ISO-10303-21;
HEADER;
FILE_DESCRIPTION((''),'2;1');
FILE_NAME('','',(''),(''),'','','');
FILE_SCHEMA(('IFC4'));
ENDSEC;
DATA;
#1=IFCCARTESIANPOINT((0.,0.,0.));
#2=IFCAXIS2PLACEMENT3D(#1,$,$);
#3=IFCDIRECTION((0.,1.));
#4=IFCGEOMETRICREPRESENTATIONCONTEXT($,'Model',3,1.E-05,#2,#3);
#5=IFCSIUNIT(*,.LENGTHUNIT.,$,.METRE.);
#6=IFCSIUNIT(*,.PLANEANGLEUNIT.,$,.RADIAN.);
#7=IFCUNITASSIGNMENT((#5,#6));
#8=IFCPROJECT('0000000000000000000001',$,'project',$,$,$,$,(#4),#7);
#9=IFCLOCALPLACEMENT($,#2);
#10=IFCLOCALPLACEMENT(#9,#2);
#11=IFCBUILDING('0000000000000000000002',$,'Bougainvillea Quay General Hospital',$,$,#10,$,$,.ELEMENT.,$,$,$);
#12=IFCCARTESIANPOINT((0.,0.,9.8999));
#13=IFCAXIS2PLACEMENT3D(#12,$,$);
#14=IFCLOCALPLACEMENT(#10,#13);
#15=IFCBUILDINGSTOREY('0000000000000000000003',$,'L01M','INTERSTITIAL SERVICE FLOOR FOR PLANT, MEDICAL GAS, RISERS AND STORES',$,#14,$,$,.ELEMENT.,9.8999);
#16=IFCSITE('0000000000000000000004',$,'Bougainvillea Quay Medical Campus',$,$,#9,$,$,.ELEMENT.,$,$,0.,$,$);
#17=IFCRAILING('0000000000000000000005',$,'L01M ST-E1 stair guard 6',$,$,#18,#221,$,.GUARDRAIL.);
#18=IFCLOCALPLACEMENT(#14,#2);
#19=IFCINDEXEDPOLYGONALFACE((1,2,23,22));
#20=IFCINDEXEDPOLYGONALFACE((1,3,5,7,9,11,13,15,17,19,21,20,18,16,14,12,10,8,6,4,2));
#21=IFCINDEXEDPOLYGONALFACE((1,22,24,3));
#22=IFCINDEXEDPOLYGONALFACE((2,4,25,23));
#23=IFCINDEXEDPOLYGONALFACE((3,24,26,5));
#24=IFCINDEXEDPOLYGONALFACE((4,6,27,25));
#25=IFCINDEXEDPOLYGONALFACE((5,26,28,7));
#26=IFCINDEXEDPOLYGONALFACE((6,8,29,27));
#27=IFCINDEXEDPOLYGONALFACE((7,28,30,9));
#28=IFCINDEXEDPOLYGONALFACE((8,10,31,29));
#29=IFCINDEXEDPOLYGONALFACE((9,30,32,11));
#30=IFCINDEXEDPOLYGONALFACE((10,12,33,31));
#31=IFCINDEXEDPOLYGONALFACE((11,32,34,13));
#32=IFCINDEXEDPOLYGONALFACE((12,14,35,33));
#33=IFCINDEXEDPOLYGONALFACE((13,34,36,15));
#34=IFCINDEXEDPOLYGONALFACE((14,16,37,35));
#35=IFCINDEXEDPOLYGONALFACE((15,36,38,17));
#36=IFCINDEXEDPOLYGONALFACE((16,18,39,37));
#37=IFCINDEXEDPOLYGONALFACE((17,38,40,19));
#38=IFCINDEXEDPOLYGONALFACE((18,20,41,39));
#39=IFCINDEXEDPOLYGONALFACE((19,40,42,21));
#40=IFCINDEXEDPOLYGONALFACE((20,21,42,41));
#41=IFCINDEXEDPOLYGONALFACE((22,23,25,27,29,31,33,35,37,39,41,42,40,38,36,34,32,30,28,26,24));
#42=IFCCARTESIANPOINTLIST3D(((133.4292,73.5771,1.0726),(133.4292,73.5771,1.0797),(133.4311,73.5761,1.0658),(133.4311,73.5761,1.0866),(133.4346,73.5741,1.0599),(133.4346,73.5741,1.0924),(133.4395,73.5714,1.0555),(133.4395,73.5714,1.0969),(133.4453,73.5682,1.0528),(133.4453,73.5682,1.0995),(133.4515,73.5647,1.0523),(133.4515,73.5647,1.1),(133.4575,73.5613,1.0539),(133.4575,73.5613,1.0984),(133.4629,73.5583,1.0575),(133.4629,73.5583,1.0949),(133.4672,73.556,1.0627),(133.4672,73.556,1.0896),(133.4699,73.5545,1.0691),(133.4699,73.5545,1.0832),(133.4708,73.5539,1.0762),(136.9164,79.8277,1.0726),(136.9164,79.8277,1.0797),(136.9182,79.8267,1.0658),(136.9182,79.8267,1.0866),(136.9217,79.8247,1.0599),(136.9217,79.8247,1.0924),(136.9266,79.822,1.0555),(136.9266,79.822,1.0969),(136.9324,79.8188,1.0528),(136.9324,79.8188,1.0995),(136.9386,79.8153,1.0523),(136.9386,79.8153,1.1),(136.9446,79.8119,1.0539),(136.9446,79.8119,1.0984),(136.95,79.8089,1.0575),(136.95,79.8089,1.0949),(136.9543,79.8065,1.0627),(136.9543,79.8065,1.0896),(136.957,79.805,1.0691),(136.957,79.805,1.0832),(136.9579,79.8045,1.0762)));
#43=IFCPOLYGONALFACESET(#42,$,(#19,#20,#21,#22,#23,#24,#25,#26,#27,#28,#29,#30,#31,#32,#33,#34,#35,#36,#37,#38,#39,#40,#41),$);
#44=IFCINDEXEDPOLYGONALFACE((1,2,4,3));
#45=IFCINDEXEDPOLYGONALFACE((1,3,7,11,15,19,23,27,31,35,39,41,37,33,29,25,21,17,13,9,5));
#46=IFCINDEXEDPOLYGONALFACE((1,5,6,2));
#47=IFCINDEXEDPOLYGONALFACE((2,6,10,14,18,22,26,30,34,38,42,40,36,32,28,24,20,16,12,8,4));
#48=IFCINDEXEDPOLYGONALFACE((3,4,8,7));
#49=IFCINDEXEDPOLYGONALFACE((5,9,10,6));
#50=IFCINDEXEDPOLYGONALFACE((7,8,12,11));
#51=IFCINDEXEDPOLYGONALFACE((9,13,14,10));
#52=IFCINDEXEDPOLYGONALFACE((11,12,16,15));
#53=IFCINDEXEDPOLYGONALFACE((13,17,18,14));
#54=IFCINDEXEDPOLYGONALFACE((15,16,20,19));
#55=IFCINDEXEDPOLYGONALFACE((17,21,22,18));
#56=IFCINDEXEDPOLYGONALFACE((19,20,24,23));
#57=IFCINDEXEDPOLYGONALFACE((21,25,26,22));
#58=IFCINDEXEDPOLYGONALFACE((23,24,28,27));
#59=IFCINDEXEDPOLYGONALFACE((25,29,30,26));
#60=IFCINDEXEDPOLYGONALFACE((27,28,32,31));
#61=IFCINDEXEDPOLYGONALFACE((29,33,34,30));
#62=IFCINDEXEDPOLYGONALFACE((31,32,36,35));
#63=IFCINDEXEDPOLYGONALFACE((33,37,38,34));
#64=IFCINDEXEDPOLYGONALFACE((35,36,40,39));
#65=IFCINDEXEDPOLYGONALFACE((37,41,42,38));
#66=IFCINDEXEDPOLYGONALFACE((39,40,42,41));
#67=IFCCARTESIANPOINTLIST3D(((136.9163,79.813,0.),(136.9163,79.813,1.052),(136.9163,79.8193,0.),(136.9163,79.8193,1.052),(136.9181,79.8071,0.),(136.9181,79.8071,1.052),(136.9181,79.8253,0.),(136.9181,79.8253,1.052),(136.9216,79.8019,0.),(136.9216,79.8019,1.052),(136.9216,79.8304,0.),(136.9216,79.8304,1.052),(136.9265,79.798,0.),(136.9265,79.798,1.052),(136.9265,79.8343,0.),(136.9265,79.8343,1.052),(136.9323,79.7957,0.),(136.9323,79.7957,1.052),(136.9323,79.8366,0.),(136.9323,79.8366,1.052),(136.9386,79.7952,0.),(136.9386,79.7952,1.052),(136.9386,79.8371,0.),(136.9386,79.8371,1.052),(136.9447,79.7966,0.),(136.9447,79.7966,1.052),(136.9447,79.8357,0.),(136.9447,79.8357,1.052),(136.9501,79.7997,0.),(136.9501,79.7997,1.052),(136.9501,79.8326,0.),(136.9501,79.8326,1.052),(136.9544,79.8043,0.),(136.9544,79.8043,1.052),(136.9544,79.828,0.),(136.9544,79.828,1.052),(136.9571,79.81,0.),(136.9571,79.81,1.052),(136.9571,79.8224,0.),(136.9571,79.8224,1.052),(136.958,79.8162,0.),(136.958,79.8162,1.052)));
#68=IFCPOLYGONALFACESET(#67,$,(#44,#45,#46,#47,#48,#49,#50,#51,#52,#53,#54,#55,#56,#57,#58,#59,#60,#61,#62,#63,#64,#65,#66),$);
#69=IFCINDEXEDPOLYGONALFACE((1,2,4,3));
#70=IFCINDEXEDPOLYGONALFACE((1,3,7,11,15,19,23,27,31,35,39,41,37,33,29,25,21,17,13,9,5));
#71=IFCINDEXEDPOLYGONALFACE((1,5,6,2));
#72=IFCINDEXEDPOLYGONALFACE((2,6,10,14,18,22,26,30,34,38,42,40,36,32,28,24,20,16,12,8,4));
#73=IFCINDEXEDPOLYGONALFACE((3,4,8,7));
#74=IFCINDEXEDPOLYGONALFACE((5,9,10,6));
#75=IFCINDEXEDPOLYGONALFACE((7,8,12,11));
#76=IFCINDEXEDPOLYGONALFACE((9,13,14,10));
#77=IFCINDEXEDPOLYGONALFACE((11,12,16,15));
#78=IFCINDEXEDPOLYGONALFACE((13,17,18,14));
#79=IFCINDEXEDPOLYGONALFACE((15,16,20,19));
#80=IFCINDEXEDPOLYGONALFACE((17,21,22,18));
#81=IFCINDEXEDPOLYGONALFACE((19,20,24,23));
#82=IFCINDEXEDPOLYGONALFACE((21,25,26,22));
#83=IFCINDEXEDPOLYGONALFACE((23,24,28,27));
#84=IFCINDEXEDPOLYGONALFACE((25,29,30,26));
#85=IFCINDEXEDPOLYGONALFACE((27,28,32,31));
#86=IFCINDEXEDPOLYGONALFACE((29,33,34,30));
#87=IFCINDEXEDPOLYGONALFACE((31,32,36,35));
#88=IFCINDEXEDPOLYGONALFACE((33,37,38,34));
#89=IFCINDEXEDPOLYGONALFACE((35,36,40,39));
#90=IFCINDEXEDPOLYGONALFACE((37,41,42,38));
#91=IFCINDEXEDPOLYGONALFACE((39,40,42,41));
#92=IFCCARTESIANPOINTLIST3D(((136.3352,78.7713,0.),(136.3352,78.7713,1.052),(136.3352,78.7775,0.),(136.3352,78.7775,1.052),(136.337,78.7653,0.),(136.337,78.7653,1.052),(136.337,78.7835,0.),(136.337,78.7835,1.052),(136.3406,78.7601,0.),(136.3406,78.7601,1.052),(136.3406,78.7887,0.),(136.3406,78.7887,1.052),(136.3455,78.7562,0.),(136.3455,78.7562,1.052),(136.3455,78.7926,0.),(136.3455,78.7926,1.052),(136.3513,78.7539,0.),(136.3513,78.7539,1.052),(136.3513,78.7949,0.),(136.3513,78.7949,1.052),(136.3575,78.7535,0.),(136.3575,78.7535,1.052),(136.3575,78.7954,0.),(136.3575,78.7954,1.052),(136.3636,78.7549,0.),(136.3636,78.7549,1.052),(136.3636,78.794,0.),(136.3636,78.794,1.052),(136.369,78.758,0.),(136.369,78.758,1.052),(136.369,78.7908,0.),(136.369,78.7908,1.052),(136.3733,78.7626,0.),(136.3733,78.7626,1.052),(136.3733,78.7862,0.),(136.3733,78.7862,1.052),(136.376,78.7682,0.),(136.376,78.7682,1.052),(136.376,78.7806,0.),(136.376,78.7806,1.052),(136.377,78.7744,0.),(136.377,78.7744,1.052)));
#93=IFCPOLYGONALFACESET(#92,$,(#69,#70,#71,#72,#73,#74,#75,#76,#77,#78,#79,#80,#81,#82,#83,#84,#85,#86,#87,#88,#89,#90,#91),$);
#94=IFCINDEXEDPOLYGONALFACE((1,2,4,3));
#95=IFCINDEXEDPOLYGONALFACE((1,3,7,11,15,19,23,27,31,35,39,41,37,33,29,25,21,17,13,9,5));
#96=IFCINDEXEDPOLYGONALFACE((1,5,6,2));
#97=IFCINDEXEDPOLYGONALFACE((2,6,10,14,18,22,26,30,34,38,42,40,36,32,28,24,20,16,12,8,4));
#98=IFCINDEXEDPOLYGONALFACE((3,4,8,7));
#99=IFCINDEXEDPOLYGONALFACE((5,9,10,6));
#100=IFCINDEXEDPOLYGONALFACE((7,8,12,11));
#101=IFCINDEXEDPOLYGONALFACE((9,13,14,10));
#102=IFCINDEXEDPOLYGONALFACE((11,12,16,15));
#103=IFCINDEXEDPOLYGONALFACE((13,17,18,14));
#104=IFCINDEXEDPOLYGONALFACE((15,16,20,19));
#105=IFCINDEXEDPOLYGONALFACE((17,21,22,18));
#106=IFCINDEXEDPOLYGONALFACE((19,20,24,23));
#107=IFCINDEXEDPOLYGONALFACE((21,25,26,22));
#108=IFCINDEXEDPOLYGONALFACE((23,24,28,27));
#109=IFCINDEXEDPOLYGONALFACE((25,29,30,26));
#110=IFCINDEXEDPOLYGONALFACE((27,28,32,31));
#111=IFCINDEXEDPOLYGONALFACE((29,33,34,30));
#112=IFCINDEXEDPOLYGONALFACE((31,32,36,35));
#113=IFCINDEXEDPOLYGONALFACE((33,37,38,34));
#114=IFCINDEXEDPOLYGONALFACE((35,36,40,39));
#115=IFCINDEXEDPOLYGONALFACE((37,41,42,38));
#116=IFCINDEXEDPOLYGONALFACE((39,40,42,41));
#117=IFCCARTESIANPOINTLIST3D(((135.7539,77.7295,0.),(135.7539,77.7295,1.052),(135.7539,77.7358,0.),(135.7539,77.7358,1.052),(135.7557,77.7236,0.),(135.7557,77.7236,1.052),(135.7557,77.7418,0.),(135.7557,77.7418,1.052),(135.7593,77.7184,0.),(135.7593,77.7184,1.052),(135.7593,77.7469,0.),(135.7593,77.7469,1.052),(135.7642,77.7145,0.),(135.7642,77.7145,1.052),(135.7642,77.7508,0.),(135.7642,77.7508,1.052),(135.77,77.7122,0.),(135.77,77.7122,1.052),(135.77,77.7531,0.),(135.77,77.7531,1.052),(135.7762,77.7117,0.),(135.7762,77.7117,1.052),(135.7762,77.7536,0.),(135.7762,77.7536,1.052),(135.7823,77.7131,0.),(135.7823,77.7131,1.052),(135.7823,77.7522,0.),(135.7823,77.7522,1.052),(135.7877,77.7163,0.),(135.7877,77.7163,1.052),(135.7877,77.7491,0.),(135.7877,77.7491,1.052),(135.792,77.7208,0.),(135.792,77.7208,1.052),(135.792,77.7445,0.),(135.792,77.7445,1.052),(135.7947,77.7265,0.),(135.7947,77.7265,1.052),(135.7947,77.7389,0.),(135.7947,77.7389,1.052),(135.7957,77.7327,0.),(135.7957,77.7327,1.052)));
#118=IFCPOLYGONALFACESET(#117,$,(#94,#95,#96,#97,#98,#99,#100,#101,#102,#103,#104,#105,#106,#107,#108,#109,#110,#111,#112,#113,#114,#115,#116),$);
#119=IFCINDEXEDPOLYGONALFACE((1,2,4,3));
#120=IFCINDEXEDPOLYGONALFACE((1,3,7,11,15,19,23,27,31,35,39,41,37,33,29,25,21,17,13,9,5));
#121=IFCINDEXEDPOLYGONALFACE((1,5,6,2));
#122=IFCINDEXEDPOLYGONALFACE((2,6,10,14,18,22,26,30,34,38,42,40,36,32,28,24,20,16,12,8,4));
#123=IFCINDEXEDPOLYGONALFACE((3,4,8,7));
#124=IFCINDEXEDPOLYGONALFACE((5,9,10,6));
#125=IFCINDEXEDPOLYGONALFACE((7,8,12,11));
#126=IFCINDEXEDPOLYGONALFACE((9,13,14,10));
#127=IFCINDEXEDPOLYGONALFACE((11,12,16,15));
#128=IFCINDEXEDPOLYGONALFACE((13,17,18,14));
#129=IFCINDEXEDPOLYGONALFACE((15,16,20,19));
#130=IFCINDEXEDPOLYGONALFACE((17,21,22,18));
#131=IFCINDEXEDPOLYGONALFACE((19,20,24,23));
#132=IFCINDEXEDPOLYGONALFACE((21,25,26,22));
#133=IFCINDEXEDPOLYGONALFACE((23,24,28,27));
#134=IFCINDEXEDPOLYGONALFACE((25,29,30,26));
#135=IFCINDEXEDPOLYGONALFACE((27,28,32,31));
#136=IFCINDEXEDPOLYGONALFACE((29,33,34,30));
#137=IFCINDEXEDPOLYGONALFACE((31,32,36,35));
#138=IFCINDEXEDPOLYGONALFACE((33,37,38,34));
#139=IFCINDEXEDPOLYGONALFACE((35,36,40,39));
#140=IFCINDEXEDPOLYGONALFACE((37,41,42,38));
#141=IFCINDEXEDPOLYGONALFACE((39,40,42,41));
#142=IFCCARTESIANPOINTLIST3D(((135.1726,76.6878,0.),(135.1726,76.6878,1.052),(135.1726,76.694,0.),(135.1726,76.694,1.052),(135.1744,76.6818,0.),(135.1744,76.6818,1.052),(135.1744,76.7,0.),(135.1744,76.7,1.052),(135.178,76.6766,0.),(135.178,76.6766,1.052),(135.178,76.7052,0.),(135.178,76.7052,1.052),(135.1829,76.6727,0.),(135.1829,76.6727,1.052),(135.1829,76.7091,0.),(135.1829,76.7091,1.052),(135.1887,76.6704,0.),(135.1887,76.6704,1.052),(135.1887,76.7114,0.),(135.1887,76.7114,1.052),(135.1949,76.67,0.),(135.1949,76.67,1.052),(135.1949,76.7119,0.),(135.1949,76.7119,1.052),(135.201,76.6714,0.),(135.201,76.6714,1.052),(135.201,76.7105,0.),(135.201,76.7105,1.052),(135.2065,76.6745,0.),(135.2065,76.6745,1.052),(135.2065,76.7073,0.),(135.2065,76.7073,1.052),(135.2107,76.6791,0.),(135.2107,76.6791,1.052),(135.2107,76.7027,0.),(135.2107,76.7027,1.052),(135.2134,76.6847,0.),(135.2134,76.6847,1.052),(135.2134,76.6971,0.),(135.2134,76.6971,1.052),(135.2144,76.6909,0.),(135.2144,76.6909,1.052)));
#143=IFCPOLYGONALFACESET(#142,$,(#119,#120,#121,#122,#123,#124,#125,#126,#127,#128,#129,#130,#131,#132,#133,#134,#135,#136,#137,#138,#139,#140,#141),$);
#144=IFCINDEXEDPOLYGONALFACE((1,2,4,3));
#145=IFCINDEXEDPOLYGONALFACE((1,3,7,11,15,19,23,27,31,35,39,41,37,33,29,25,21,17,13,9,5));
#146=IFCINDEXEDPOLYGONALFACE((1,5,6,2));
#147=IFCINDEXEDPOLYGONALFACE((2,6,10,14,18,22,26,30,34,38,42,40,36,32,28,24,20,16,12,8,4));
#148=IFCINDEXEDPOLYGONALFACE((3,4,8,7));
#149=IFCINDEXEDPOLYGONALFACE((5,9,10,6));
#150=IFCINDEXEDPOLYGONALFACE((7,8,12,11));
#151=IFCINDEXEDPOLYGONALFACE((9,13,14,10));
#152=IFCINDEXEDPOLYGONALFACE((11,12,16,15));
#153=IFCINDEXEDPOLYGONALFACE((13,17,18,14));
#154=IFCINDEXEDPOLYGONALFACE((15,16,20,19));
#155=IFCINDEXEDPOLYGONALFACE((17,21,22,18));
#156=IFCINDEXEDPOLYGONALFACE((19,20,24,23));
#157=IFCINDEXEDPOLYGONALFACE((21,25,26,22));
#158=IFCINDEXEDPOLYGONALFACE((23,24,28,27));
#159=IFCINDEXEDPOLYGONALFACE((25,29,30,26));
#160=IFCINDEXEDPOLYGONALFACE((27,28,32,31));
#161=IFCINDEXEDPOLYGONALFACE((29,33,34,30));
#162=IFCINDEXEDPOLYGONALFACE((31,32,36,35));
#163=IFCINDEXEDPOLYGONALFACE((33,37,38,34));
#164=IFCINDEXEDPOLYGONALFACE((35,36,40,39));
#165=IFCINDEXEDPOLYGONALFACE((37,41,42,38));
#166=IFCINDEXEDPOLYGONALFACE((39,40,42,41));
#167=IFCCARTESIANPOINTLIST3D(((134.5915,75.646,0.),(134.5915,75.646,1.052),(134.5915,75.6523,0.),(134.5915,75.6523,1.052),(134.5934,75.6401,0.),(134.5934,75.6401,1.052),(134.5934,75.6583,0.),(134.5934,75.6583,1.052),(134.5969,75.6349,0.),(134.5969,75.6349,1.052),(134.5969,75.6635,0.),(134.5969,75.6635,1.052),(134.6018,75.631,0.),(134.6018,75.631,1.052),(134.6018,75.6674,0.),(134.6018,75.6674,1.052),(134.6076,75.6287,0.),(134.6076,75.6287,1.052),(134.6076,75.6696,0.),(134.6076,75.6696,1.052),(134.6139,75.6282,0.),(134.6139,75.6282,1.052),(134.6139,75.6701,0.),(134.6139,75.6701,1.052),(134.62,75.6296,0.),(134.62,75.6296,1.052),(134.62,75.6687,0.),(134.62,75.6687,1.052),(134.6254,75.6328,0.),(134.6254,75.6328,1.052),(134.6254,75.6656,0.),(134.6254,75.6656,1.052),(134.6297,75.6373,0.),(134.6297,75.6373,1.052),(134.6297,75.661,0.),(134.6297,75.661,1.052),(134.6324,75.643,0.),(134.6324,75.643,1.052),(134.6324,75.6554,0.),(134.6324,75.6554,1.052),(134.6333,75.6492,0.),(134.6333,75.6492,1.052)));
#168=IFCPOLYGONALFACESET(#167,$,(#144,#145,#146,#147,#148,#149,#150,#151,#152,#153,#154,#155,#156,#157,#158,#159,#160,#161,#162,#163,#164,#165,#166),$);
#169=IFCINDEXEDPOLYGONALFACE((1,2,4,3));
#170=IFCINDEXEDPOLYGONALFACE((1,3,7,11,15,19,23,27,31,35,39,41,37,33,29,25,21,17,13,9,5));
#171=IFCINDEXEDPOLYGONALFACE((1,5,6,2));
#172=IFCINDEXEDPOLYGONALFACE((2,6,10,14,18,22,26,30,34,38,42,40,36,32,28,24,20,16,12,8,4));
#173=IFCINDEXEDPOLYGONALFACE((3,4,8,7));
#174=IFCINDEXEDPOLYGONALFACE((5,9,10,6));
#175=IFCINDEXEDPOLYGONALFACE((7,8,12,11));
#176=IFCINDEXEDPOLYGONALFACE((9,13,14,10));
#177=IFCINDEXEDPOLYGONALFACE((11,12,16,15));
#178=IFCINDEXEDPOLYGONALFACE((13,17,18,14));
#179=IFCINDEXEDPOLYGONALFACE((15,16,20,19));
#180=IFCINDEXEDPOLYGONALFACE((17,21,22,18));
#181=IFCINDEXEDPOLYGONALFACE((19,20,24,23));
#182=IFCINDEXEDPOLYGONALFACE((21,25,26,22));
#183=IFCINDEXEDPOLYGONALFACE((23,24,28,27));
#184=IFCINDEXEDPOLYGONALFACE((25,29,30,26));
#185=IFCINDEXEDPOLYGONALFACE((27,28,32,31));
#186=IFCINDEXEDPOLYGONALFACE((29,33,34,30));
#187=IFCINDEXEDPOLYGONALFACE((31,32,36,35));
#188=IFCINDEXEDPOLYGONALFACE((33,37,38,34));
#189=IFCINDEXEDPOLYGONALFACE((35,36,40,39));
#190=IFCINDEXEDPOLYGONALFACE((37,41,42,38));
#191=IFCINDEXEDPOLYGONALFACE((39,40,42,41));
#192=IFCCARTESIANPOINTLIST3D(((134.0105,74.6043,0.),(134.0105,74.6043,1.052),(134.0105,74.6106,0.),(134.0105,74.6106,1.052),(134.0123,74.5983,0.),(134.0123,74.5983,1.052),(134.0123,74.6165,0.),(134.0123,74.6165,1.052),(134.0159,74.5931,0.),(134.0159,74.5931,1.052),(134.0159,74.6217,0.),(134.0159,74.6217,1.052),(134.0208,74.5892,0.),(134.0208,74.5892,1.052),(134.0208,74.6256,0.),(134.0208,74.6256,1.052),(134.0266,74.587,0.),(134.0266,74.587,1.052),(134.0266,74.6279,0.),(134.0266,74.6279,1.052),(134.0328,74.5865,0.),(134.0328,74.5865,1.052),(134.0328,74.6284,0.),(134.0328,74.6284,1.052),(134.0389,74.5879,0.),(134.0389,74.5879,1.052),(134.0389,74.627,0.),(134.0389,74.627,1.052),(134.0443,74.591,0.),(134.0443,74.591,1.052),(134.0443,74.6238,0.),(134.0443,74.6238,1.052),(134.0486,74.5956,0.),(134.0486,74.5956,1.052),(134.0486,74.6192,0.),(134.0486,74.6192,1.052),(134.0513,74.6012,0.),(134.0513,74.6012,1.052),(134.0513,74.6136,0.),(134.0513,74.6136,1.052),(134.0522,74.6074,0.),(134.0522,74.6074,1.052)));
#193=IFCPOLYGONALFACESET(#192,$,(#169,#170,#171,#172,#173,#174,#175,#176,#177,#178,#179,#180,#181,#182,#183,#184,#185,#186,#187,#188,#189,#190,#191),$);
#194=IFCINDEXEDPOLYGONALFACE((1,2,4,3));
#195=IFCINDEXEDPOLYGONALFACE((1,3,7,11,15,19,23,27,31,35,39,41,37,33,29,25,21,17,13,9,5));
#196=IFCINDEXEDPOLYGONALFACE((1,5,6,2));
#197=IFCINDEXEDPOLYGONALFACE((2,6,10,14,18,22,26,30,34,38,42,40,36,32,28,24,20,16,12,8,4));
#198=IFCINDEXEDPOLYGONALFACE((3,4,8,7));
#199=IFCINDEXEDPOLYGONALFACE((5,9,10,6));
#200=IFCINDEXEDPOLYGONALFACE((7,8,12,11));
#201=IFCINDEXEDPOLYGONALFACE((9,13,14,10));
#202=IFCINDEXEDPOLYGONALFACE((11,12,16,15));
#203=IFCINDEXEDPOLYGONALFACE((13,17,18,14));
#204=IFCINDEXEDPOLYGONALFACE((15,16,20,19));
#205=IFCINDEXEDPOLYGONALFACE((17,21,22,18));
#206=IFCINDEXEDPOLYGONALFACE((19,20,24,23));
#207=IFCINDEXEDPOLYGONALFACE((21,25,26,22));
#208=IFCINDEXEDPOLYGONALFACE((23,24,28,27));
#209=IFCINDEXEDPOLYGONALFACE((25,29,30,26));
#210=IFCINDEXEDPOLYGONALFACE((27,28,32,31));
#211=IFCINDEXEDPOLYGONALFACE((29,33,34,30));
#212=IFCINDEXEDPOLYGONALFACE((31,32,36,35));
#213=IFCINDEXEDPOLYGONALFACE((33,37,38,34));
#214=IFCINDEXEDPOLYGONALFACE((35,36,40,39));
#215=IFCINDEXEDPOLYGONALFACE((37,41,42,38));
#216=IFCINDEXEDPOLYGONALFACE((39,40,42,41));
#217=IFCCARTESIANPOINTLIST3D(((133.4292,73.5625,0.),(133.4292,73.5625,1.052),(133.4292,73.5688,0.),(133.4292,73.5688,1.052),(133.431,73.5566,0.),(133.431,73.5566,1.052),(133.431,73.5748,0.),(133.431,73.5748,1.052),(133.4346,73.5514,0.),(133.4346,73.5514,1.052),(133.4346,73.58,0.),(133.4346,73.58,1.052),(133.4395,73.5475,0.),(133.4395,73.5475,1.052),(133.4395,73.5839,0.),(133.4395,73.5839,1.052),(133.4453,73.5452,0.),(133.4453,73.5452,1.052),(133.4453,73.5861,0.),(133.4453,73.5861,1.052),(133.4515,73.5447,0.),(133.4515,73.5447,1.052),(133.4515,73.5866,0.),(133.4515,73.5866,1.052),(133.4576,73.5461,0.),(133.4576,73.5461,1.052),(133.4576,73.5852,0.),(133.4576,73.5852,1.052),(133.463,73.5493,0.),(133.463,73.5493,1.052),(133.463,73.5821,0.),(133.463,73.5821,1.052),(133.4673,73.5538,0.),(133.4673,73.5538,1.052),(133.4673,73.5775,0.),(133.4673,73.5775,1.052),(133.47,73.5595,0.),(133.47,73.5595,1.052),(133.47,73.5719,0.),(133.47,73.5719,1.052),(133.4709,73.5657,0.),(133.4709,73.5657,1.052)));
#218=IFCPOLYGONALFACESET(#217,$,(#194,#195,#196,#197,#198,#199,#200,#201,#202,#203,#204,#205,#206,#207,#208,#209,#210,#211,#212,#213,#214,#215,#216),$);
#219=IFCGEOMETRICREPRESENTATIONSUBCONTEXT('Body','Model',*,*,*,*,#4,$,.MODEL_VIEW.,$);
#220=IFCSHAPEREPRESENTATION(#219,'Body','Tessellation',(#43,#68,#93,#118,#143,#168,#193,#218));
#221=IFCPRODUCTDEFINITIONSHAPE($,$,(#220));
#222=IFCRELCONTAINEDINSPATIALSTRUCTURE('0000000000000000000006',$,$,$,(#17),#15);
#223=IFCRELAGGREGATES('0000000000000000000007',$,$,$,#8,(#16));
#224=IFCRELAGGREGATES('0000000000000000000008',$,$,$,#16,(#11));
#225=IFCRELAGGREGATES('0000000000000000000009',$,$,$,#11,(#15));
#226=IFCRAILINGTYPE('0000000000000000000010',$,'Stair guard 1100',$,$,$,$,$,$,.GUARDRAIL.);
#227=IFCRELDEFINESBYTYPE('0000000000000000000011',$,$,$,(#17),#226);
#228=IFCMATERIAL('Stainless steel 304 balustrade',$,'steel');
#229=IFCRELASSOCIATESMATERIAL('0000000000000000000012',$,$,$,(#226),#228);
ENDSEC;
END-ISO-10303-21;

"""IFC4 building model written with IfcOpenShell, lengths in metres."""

from ifc_helpers import new_model, si_unit, direction, frame, origin, origin_2d, place, context, subcontext, project, spatial, circle, extrude, material, type_object, element, save


model = new_model("IFC4")

# Units and contexts
model_context = context("Model", 3, precision=1e-05, world=origin(), true_north=direction((0.0, 1.0)))
body_context = subcontext(model_context, "Body", "Model", "MODEL_VIEW")
ifc_project = project(units=[si_unit("LENGTHUNIT", "METRE"), si_unit("PLANEANGLEUNIT", "RADIAN")], contexts=[model_context])

# Site, building, storey
site_placement = place(None, origin())
site = spatial("IfcSite", under=ifc_project, at=site_placement, Name="Bougainvillea Quay Medical Campus", CompositionType="ELEMENT", RefElevation=0.0)
building_placement = place(site_placement, origin())
building = spatial("IfcBuilding", under=site, at=building_placement, Name="Bougainvillea Quay General Hospital", CompositionType="ELEMENT")
storey_placement = place(building_placement, frame((0.0, 0.0, 9.8999)))
storey = spatial("IfcBuildingStorey", under=building, at=storey_placement, Name="L01M", Description="INTERSTITIAL SERVICE FLOOR FOR PLANT, MEDICAL GAS, RISERS AND STORES", CompositionType="ELEMENT", Elevation=9.8999)

# Railing
ifc_material_1 = material(Name="Stainless steel 304 balustrade", Category="steel")
railing_type = type_object("IfcRailingType", Name="Stair guard 1100", PredefinedType="GUARDRAIL", material=ifc_material_1)
railing_1_placement = place(storey_placement, frame((136.937, 79.8162, 0.0)))
element("IfcRailing", 1, at=railing_1_placement, inside=storey, type_object=railing_type, Name="L01M ST-E1 stair guard 6", PredefinedType="GUARDRAIL", context=body_context, shape_type="SweptSolid", body=[
    extrude(circle(Radius=0.0239, at=origin_2d()), frame((0.0, 0.0, 1.0762), z_axis=(-0.487197, -0.873292, 0.0), x_axis=(0.873292, -0.487197, 0.0)), (0.0, 0.0, 1.0), 7.1575),
    extrude(circle(Radius=0.021, at=origin_2d()), origin(), (0.0, 0.0, 1.0), 1.052),
    extrude(circle(Radius=0.021, at=origin_2d()), frame((-0.5811, -1.0417, 0.0)), (0.0, 0.0, 1.0), 1.052),
    extrude(circle(Radius=0.021, at=origin_2d()), frame((-1.1624, -2.0835, 0.0)), (0.0, 0.0, 1.0), 1.052),
    extrude(circle(Radius=0.021, at=origin_2d()), frame((-1.7437, -3.1252, 0.0)), (0.0, 0.0, 1.0), 1.052),
    extrude(circle(Radius=0.021, at=origin_2d()), frame((-2.3247, -4.167, 0.0)), (0.0, 0.0, 1.0), 1.052),
    extrude(circle(Radius=0.021, at=origin_2d()), frame((-2.9058, -5.2087, 0.0)), (0.0, 0.0, 1.0), 1.052),
    extrude(circle(Radius=0.021, at=origin_2d()), frame((-3.4871, -6.2505, 0.0)), (0.0, 0.0, 1.0), 1.052),
])

save(model, "model.ifc")
